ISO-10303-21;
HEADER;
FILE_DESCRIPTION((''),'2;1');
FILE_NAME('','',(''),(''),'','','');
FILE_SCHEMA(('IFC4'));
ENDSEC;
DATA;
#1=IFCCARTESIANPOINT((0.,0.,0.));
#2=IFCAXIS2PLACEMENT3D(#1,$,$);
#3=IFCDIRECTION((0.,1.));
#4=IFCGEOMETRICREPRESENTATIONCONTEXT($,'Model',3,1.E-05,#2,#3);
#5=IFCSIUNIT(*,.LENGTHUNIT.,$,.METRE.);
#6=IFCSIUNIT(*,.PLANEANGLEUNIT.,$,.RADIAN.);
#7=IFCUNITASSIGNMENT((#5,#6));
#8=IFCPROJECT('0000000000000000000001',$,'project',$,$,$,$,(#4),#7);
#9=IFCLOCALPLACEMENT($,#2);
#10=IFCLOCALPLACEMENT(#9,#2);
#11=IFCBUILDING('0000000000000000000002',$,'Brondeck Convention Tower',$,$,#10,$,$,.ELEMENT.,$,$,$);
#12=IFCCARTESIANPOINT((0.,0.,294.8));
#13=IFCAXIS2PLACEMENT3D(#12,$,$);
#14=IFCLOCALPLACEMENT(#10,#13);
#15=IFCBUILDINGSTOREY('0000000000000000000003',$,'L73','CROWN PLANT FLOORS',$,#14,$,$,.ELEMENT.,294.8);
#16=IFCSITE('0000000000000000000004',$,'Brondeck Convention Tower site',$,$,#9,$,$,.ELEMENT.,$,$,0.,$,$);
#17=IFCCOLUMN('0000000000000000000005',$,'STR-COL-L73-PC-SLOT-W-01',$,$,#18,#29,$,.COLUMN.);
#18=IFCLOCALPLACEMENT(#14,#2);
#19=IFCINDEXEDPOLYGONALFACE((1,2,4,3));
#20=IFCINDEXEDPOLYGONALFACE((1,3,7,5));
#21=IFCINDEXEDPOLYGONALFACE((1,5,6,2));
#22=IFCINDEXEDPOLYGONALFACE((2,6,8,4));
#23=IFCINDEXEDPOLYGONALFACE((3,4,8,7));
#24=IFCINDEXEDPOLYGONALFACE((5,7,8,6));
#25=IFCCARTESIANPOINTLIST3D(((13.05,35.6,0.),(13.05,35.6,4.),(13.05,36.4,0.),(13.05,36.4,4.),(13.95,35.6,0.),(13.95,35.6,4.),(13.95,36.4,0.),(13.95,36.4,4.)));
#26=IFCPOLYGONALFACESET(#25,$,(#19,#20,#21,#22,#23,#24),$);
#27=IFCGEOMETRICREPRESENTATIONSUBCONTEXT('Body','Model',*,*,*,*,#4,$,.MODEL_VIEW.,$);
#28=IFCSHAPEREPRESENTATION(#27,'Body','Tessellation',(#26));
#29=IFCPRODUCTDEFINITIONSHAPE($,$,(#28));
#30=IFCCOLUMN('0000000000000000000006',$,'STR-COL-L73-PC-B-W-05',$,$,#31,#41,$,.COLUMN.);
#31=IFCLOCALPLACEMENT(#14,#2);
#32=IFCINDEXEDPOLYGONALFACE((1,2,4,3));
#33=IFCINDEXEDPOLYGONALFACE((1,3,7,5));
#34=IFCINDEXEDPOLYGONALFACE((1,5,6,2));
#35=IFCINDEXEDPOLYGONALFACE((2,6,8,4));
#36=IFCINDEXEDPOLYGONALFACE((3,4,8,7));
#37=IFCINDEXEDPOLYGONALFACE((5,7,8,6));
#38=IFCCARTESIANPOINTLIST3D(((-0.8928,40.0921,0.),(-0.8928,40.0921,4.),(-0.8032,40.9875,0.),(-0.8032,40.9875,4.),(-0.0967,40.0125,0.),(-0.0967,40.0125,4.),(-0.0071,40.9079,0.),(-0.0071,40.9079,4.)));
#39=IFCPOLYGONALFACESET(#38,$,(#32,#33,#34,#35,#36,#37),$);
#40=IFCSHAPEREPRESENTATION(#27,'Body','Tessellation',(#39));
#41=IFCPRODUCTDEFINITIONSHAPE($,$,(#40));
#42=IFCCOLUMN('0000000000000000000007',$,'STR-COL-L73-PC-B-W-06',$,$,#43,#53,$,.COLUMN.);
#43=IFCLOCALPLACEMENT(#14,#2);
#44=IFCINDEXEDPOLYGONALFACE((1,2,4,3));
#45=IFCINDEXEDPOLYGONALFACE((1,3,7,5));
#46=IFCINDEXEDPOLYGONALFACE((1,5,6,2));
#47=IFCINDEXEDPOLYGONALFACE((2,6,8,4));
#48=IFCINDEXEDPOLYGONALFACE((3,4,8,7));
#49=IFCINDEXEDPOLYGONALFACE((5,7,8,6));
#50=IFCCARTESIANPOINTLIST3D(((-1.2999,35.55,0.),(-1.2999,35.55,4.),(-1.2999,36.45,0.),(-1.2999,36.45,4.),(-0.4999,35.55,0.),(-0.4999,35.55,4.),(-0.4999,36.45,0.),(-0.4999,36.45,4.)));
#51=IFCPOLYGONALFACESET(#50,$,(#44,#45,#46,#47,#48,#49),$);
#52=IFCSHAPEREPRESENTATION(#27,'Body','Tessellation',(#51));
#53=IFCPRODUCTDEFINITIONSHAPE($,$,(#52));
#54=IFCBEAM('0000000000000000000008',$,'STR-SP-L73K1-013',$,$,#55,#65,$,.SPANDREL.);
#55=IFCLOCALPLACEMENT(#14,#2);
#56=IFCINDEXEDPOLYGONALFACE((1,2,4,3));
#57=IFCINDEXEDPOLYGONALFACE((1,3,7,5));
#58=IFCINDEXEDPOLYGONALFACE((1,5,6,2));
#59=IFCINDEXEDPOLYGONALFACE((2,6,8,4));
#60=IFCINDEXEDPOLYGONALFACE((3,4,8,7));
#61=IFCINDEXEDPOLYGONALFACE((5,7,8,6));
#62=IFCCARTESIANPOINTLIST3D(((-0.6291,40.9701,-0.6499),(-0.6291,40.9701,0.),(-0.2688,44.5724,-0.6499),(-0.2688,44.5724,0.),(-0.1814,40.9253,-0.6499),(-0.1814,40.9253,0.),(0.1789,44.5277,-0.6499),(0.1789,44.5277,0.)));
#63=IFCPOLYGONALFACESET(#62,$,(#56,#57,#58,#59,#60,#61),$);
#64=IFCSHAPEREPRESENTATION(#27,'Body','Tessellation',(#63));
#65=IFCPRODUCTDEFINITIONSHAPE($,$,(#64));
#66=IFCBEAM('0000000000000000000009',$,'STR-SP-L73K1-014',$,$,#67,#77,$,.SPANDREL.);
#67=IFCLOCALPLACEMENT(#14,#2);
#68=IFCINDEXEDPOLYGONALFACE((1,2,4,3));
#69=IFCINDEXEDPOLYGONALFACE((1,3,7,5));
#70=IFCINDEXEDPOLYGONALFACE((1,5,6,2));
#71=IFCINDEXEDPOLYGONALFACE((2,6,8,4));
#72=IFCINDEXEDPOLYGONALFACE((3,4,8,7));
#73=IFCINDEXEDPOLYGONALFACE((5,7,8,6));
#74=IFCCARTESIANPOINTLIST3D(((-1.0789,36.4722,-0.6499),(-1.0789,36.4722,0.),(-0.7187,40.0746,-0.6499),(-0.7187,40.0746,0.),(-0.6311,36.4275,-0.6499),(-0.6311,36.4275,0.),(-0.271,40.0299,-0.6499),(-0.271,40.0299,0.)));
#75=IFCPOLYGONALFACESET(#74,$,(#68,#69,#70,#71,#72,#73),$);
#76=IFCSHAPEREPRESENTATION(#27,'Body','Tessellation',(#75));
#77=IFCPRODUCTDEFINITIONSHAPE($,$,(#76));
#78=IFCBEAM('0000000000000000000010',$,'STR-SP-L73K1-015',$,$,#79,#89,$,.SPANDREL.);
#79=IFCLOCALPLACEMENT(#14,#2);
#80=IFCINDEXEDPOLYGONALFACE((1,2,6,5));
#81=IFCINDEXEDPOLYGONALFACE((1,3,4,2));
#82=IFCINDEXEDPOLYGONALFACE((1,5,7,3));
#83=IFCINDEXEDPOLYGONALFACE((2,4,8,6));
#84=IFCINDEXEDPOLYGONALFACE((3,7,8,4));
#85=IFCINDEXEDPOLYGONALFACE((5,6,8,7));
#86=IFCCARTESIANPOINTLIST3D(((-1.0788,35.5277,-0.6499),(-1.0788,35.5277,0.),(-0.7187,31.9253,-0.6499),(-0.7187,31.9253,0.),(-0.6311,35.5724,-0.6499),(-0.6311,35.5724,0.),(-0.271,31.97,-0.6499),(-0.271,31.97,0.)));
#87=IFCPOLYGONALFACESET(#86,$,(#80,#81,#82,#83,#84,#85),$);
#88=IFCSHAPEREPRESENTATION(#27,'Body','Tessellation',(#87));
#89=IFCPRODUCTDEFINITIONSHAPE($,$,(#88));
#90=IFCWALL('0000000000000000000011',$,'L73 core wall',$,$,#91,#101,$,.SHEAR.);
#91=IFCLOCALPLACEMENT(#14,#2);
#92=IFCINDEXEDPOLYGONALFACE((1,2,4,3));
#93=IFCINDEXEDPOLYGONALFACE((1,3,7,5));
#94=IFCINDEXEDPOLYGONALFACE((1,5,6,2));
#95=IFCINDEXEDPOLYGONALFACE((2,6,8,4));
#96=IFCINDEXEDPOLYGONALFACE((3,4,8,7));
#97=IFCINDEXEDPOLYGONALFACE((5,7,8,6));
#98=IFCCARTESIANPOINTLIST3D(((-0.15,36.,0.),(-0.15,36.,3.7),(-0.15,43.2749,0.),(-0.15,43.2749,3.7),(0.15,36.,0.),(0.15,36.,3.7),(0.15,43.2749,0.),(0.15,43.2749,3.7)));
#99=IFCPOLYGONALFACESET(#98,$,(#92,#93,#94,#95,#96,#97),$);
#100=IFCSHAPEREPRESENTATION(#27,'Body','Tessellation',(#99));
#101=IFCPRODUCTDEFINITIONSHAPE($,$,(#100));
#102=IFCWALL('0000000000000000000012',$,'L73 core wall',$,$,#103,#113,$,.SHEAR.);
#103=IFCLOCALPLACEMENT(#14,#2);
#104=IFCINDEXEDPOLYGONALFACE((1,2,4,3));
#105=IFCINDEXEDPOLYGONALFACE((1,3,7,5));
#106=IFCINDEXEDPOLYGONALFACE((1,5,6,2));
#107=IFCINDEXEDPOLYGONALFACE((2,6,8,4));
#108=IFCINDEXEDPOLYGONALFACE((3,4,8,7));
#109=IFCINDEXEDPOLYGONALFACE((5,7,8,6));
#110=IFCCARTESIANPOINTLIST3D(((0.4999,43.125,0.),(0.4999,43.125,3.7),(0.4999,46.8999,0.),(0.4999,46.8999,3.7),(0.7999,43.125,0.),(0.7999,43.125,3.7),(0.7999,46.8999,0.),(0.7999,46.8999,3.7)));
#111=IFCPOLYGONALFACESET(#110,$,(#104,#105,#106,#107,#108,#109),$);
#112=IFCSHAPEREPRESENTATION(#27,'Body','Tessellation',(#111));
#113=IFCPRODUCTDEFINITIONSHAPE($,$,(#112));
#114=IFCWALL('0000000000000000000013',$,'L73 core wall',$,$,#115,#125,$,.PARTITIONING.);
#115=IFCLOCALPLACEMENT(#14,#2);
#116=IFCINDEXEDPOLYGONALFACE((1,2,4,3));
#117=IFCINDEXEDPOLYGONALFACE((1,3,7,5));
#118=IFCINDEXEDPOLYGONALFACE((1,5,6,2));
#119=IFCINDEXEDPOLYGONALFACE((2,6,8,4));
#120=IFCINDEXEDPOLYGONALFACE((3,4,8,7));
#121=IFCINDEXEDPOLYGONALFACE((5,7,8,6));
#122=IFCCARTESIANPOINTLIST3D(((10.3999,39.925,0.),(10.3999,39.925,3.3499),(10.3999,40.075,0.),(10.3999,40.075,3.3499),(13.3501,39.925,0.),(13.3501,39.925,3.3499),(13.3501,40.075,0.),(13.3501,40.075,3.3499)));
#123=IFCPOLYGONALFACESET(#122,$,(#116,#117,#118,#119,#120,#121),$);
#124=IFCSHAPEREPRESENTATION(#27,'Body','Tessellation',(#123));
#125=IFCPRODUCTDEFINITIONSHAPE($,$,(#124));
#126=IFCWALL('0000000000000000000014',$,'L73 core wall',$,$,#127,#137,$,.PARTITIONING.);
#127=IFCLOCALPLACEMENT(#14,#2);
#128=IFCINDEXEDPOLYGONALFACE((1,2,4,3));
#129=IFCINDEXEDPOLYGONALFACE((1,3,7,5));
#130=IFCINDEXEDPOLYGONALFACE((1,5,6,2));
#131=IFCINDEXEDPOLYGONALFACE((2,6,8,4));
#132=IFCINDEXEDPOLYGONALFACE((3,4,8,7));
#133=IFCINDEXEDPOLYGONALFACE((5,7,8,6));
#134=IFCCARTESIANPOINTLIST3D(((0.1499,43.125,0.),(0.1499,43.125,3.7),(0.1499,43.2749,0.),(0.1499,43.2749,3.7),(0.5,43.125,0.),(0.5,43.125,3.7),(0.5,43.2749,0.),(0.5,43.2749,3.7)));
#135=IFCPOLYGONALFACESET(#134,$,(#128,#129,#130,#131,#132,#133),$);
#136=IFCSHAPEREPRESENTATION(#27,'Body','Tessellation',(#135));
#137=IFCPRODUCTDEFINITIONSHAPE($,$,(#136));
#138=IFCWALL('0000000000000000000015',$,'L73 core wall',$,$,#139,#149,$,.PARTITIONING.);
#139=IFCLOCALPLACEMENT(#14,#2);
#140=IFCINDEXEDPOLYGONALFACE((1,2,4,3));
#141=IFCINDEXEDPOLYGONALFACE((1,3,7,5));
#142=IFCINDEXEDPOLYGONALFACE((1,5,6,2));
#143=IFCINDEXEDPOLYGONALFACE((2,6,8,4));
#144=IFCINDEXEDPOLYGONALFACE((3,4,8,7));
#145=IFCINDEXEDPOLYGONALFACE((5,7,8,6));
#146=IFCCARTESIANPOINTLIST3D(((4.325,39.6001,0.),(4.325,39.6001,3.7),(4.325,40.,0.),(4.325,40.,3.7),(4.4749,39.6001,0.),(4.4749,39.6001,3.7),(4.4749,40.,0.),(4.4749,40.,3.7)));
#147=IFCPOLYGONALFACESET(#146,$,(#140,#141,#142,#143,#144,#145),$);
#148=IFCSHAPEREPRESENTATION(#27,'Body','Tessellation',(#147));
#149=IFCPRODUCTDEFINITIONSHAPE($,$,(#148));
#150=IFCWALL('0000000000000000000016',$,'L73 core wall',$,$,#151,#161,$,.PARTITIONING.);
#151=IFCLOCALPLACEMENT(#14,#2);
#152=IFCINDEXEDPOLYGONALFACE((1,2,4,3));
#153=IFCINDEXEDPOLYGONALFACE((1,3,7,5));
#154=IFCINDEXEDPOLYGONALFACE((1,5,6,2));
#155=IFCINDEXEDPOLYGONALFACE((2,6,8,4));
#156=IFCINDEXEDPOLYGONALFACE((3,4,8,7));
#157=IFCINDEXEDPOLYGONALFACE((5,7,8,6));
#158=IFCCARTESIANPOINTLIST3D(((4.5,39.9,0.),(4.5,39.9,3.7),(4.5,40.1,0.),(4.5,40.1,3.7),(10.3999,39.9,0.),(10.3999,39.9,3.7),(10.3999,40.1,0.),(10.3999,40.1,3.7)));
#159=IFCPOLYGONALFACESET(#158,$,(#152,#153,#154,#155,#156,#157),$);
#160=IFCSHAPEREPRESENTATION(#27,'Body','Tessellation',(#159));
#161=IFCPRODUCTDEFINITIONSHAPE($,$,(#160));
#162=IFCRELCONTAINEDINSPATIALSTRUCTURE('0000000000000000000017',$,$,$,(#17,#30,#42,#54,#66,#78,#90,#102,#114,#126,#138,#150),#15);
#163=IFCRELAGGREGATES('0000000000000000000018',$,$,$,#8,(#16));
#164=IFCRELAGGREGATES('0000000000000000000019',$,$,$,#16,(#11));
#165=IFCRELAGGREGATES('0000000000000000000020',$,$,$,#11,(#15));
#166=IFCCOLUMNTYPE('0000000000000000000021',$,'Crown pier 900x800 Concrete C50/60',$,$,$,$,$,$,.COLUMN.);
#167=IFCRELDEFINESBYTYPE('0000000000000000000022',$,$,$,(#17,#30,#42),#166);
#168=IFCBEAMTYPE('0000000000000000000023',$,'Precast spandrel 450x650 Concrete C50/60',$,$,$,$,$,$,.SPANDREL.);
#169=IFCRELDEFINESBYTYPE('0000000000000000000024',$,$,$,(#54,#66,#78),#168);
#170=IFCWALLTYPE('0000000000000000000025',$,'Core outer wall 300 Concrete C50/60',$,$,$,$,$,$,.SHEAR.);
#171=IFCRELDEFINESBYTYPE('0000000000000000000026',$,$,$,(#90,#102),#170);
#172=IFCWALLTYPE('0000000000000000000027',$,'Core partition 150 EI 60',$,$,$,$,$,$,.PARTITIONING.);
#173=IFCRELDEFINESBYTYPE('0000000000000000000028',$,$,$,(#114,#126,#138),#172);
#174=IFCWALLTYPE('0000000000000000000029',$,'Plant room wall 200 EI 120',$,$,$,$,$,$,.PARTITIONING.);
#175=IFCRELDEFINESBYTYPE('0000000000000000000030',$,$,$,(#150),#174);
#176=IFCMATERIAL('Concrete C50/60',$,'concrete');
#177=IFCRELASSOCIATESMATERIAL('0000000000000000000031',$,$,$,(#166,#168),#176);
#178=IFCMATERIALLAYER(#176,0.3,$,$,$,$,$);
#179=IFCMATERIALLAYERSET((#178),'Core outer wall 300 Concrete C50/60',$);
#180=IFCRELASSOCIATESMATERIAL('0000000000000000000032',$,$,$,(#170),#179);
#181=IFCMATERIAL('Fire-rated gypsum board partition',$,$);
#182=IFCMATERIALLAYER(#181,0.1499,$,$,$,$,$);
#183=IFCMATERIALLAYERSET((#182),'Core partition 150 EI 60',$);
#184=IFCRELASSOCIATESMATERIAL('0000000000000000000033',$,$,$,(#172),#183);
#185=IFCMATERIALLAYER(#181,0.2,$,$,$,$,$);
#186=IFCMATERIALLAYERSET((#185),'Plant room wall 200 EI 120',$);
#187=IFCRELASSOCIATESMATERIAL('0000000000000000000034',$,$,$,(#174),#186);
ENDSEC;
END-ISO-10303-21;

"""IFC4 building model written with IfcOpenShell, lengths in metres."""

from ifc_helpers import new_model, si_unit, direction, frame, frame_2d, origin, origin_2d, place, context, subcontext, project, spatial, rectangle, extrude, material, layer, layer_set, material_profile, profile_set, type_object, element, save


model = new_model("IFC4")

# Units and contexts
model_context = context("Model", 3, precision=1e-05, world=origin(), true_north=direction((0.0, 1.0)))
body_context = subcontext(model_context, "Body", "Model", "MODEL_VIEW")
ifc_project = project(units=[si_unit("LENGTHUNIT", "METRE"), si_unit("PLANEANGLEUNIT", "RADIAN")], contexts=[model_context])

# Site, building, storey
site_placement = place(None, origin())
site = spatial("IfcSite", under=ifc_project, at=site_placement, Name="Brondeck Convention Tower site", CompositionType="ELEMENT", RefElevation=0.0)
building_placement = place(site_placement, origin())
building = spatial("IfcBuilding", under=site, at=building_placement, Name="Brondeck Convention Tower", CompositionType="ELEMENT")
storey_placement = place(building_placement, frame((0.0, 0.0, 294.8)))
storey = spatial("IfcBuildingStorey", under=building, at=storey_placement, Name="L73", Description="CROWN PLANT FLOORS", CompositionType="ELEMENT", Elevation=294.8)

# Columns
ifc_material_1 = material(Name="Concrete C50/60", Category="concrete")
ifc_material_profile_1 = material_profile(ifc_material_1, rectangle(XDim=0.8999, YDim=0.8, at=origin_2d()), Name="Crown pier 900x800 Concrete C50/60")
ifc_profile_set_1 = profile_set([ifc_material_profile_1], Name="Concrete C50/60")
column_type = type_object("IfcColumnType", Name="Crown pier 900x800 Concrete C50/60", PredefinedType="COLUMN", material=ifc_profile_set_1)
for number, where, z_axis, x_axis, name in (
    (1, (13.5, 36.0, 0.0), (0.0, 0.0, 1.0), (1.0, 0.0, 0.0), "STR-COL-L73-PC-SLOT-W-01"),
    (2, (-0.45, 40.5, 0.0), (0.0, 0.0, 1.0), (-0.099504, -0.995037, 0.0), "STR-COL-L73-PC-B-W-05"),
    (3, (-0.8999, 36.0, 0.0), (0.0, 0.0, 1.0), (0.0, -1.0, 0.0), "STR-COL-L73-PC-B-W-06"),
):
    element("IfcColumn", number, at=place(storey_placement, frame(where, z_axis=z_axis, x_axis=x_axis)), inside=storey, type_object=column_type, Name=name, PredefinedType="COLUMN", context=body_context, shape_type="SweptSolid", body=[
        extrude(rectangle(XDim=0.8999, YDim=0.8, at=origin_2d()), origin(), (0.0, 0.0, 1.0), 4.0),
    ])

# Beams
ifc_material_profile_2 = material_profile(ifc_material_1, rectangle(XDim=0.45, YDim=0.6499, at=origin_2d()), Name="Precast spandrel 450x650 Concrete C50/60")
ifc_profile_set_2 = profile_set([ifc_material_profile_2], Name="Concrete C50/60")
beam_type = type_object("IfcBeamType", Name="Precast spandrel 450x650 Concrete C50/60", PredefinedType="SPANDREL", material=ifc_profile_set_2)
for number, where, z_axis, x_axis, name in (
    (4, (-0.0449, 44.55, -0.325), (-0.099537, -0.995034, 0.0), (0.995034, -0.099537, 0.0), "STR-SP-L73K1-013"),
    (5, (-0.4949, 40.0522, -0.325), (-0.09947, -0.995041, 0.0), (0.995041, -0.09947, 0.0), "STR-SP-L73K1-014"),
    (6, (-0.855, 35.55, -0.325), (0.09947, -0.995041, 0.0), (0.995041, 0.09947, 0.0), "STR-SP-L73K1-015"),
):
    element("IfcBeam", number, at=place(storey_placement, frame(where, z_axis=z_axis, x_axis=x_axis)), inside=storey, type_object=beam_type, Name=name, PredefinedType="SPANDREL", context=body_context, shape_type="SweptSolid", body=[
        extrude(rectangle(XDim=0.45, YDim=0.6499, at=origin_2d()), origin(), (0.0, 0.0, 1.0), 3.6204),
    ])

# Walls
ifc_layer_1 = layer(ifc_material_1, 0.3)
ifc_layer_set_1 = layer_set([ifc_layer_1], Name="Core outer wall 300 Concrete C50/60")
wall_type_1 = type_object("IfcWallType", Name="Core outer wall 300 Concrete C50/60", PredefinedType="SHEAR", material=ifc_layer_set_1)
wall_1_placement = place(storey_placement, frame((0.0, 36.0, 0.0), z_axis=(0.0, 0.0, 1.0), x_axis=(0.0, 1.0, 0.0)))
element("IfcWall", 7, at=wall_1_placement, inside=storey, type_object=wall_type_1, Name="L73 core wall", PredefinedType="SHEAR", context=body_context, shape_type="SweptSolid", body=[
    extrude(rectangle(XDim=7.2749, YDim=0.3, at=frame_2d((3.6375, 0.0))), origin(), (0.0, 0.0, 1.0), 3.7),
])
wall_2_placement = place(storey_placement, frame((0.6499, 43.125, 0.0), z_axis=(0.0, 0.0, 1.0), x_axis=(0.0, 1.0, 0.0)))
element("IfcWall", 8, at=wall_2_placement, inside=storey, type_object=wall_type_1, Name="L73 core wall", PredefinedType="SHEAR", context=body_context, shape_type="SweptSolid", body=[
    extrude(rectangle(XDim=3.7749, YDim=0.3, at=frame_2d((1.8875, 0.0))), origin(), (0.0, 0.0, 1.0), 3.7),
])
ifc_material_2 = material(Name="Fire-rated gypsum board partition")
ifc_layer_2 = layer(ifc_material_2, 0.1499)
ifc_layer_set_2 = layer_set([ifc_layer_2], Name="Core partition 150 EI 60")
wall_type_2 = type_object("IfcWallType", Name="Core partition 150 EI 60", PredefinedType="PARTITIONING", material=ifc_layer_set_2)
wall_3_placement = place(storey_placement, frame((10.3999, 40.0, 0.0), z_axis=(0.0, 0.0, 1.0), x_axis=(1.0, 0.0, 0.0)))
element("IfcWall", 9, at=wall_3_placement, inside=storey, type_object=wall_type_2, Name="L73 core wall", PredefinedType="PARTITIONING", context=body_context, shape_type="SweptSolid", body=[
    extrude(rectangle(XDim=2.9502, YDim=0.1499, at=frame_2d((1.4751, 0.0))), origin(), (0.0, 0.0, 1.0), 3.3499),
])
wall_4_placement = place(storey_placement, frame((0.1499, 43.2, 0.0), z_axis=(0.0, 0.0, 1.0), x_axis=(1.0, 0.0, 0.0)))
element("IfcWall", 10, at=wall_4_placement, inside=storey, type_object=wall_type_2, Name="L73 core wall", PredefinedType="PARTITIONING", context=body_context, shape_type="SweptSolid", body=[
    extrude(rectangle(XDim=0.3501, YDim=0.1499, at=frame_2d((0.175, 0.0))), origin(), (0.0, 0.0, 1.0), 3.7),
])
wall_5_placement = place(storey_placement, frame((4.3999, 39.6001, 0.0), z_axis=(0.0, 0.0, 1.0), x_axis=(0.0, 1.0, 0.0)))
element("IfcWall", 11, at=wall_5_placement, inside=storey, type_object=wall_type_2, Name="L73 core wall", PredefinedType="PARTITIONING", context=body_context, shape_type="SweptSolid", body=[
    extrude(rectangle(XDim=0.3999, YDim=0.1499, at=frame_2d((0.2, 0.0))), origin(), (0.0, 0.0, 1.0), 3.7),
])
ifc_layer_3 = layer(ifc_material_2, 0.2)
ifc_layer_set_3 = layer_set([ifc_layer_3], Name="Plant room wall 200 EI 120")
wall_type_3 = type_object("IfcWallType", Name="Plant room wall 200 EI 120", PredefinedType="PARTITIONING", material=ifc_layer_set_3)
wall_6_placement = place(storey_placement, frame((4.5, 40.0, 0.0), z_axis=(0.0, 0.0, 1.0), x_axis=(1.0, 0.0, 0.0)))
element("IfcWall", 12, at=wall_6_placement, inside=storey, type_object=wall_type_3, Name="L73 core wall", PredefinedType="PARTITIONING", context=body_context, shape_type="SweptSolid", body=[
    extrude(rectangle(XDim=5.8999, YDim=0.2, at=frame_2d((2.95, 0.0))), origin(), (0.0, 0.0, 1.0), 3.7),
])

save(model, "model.ifc")
